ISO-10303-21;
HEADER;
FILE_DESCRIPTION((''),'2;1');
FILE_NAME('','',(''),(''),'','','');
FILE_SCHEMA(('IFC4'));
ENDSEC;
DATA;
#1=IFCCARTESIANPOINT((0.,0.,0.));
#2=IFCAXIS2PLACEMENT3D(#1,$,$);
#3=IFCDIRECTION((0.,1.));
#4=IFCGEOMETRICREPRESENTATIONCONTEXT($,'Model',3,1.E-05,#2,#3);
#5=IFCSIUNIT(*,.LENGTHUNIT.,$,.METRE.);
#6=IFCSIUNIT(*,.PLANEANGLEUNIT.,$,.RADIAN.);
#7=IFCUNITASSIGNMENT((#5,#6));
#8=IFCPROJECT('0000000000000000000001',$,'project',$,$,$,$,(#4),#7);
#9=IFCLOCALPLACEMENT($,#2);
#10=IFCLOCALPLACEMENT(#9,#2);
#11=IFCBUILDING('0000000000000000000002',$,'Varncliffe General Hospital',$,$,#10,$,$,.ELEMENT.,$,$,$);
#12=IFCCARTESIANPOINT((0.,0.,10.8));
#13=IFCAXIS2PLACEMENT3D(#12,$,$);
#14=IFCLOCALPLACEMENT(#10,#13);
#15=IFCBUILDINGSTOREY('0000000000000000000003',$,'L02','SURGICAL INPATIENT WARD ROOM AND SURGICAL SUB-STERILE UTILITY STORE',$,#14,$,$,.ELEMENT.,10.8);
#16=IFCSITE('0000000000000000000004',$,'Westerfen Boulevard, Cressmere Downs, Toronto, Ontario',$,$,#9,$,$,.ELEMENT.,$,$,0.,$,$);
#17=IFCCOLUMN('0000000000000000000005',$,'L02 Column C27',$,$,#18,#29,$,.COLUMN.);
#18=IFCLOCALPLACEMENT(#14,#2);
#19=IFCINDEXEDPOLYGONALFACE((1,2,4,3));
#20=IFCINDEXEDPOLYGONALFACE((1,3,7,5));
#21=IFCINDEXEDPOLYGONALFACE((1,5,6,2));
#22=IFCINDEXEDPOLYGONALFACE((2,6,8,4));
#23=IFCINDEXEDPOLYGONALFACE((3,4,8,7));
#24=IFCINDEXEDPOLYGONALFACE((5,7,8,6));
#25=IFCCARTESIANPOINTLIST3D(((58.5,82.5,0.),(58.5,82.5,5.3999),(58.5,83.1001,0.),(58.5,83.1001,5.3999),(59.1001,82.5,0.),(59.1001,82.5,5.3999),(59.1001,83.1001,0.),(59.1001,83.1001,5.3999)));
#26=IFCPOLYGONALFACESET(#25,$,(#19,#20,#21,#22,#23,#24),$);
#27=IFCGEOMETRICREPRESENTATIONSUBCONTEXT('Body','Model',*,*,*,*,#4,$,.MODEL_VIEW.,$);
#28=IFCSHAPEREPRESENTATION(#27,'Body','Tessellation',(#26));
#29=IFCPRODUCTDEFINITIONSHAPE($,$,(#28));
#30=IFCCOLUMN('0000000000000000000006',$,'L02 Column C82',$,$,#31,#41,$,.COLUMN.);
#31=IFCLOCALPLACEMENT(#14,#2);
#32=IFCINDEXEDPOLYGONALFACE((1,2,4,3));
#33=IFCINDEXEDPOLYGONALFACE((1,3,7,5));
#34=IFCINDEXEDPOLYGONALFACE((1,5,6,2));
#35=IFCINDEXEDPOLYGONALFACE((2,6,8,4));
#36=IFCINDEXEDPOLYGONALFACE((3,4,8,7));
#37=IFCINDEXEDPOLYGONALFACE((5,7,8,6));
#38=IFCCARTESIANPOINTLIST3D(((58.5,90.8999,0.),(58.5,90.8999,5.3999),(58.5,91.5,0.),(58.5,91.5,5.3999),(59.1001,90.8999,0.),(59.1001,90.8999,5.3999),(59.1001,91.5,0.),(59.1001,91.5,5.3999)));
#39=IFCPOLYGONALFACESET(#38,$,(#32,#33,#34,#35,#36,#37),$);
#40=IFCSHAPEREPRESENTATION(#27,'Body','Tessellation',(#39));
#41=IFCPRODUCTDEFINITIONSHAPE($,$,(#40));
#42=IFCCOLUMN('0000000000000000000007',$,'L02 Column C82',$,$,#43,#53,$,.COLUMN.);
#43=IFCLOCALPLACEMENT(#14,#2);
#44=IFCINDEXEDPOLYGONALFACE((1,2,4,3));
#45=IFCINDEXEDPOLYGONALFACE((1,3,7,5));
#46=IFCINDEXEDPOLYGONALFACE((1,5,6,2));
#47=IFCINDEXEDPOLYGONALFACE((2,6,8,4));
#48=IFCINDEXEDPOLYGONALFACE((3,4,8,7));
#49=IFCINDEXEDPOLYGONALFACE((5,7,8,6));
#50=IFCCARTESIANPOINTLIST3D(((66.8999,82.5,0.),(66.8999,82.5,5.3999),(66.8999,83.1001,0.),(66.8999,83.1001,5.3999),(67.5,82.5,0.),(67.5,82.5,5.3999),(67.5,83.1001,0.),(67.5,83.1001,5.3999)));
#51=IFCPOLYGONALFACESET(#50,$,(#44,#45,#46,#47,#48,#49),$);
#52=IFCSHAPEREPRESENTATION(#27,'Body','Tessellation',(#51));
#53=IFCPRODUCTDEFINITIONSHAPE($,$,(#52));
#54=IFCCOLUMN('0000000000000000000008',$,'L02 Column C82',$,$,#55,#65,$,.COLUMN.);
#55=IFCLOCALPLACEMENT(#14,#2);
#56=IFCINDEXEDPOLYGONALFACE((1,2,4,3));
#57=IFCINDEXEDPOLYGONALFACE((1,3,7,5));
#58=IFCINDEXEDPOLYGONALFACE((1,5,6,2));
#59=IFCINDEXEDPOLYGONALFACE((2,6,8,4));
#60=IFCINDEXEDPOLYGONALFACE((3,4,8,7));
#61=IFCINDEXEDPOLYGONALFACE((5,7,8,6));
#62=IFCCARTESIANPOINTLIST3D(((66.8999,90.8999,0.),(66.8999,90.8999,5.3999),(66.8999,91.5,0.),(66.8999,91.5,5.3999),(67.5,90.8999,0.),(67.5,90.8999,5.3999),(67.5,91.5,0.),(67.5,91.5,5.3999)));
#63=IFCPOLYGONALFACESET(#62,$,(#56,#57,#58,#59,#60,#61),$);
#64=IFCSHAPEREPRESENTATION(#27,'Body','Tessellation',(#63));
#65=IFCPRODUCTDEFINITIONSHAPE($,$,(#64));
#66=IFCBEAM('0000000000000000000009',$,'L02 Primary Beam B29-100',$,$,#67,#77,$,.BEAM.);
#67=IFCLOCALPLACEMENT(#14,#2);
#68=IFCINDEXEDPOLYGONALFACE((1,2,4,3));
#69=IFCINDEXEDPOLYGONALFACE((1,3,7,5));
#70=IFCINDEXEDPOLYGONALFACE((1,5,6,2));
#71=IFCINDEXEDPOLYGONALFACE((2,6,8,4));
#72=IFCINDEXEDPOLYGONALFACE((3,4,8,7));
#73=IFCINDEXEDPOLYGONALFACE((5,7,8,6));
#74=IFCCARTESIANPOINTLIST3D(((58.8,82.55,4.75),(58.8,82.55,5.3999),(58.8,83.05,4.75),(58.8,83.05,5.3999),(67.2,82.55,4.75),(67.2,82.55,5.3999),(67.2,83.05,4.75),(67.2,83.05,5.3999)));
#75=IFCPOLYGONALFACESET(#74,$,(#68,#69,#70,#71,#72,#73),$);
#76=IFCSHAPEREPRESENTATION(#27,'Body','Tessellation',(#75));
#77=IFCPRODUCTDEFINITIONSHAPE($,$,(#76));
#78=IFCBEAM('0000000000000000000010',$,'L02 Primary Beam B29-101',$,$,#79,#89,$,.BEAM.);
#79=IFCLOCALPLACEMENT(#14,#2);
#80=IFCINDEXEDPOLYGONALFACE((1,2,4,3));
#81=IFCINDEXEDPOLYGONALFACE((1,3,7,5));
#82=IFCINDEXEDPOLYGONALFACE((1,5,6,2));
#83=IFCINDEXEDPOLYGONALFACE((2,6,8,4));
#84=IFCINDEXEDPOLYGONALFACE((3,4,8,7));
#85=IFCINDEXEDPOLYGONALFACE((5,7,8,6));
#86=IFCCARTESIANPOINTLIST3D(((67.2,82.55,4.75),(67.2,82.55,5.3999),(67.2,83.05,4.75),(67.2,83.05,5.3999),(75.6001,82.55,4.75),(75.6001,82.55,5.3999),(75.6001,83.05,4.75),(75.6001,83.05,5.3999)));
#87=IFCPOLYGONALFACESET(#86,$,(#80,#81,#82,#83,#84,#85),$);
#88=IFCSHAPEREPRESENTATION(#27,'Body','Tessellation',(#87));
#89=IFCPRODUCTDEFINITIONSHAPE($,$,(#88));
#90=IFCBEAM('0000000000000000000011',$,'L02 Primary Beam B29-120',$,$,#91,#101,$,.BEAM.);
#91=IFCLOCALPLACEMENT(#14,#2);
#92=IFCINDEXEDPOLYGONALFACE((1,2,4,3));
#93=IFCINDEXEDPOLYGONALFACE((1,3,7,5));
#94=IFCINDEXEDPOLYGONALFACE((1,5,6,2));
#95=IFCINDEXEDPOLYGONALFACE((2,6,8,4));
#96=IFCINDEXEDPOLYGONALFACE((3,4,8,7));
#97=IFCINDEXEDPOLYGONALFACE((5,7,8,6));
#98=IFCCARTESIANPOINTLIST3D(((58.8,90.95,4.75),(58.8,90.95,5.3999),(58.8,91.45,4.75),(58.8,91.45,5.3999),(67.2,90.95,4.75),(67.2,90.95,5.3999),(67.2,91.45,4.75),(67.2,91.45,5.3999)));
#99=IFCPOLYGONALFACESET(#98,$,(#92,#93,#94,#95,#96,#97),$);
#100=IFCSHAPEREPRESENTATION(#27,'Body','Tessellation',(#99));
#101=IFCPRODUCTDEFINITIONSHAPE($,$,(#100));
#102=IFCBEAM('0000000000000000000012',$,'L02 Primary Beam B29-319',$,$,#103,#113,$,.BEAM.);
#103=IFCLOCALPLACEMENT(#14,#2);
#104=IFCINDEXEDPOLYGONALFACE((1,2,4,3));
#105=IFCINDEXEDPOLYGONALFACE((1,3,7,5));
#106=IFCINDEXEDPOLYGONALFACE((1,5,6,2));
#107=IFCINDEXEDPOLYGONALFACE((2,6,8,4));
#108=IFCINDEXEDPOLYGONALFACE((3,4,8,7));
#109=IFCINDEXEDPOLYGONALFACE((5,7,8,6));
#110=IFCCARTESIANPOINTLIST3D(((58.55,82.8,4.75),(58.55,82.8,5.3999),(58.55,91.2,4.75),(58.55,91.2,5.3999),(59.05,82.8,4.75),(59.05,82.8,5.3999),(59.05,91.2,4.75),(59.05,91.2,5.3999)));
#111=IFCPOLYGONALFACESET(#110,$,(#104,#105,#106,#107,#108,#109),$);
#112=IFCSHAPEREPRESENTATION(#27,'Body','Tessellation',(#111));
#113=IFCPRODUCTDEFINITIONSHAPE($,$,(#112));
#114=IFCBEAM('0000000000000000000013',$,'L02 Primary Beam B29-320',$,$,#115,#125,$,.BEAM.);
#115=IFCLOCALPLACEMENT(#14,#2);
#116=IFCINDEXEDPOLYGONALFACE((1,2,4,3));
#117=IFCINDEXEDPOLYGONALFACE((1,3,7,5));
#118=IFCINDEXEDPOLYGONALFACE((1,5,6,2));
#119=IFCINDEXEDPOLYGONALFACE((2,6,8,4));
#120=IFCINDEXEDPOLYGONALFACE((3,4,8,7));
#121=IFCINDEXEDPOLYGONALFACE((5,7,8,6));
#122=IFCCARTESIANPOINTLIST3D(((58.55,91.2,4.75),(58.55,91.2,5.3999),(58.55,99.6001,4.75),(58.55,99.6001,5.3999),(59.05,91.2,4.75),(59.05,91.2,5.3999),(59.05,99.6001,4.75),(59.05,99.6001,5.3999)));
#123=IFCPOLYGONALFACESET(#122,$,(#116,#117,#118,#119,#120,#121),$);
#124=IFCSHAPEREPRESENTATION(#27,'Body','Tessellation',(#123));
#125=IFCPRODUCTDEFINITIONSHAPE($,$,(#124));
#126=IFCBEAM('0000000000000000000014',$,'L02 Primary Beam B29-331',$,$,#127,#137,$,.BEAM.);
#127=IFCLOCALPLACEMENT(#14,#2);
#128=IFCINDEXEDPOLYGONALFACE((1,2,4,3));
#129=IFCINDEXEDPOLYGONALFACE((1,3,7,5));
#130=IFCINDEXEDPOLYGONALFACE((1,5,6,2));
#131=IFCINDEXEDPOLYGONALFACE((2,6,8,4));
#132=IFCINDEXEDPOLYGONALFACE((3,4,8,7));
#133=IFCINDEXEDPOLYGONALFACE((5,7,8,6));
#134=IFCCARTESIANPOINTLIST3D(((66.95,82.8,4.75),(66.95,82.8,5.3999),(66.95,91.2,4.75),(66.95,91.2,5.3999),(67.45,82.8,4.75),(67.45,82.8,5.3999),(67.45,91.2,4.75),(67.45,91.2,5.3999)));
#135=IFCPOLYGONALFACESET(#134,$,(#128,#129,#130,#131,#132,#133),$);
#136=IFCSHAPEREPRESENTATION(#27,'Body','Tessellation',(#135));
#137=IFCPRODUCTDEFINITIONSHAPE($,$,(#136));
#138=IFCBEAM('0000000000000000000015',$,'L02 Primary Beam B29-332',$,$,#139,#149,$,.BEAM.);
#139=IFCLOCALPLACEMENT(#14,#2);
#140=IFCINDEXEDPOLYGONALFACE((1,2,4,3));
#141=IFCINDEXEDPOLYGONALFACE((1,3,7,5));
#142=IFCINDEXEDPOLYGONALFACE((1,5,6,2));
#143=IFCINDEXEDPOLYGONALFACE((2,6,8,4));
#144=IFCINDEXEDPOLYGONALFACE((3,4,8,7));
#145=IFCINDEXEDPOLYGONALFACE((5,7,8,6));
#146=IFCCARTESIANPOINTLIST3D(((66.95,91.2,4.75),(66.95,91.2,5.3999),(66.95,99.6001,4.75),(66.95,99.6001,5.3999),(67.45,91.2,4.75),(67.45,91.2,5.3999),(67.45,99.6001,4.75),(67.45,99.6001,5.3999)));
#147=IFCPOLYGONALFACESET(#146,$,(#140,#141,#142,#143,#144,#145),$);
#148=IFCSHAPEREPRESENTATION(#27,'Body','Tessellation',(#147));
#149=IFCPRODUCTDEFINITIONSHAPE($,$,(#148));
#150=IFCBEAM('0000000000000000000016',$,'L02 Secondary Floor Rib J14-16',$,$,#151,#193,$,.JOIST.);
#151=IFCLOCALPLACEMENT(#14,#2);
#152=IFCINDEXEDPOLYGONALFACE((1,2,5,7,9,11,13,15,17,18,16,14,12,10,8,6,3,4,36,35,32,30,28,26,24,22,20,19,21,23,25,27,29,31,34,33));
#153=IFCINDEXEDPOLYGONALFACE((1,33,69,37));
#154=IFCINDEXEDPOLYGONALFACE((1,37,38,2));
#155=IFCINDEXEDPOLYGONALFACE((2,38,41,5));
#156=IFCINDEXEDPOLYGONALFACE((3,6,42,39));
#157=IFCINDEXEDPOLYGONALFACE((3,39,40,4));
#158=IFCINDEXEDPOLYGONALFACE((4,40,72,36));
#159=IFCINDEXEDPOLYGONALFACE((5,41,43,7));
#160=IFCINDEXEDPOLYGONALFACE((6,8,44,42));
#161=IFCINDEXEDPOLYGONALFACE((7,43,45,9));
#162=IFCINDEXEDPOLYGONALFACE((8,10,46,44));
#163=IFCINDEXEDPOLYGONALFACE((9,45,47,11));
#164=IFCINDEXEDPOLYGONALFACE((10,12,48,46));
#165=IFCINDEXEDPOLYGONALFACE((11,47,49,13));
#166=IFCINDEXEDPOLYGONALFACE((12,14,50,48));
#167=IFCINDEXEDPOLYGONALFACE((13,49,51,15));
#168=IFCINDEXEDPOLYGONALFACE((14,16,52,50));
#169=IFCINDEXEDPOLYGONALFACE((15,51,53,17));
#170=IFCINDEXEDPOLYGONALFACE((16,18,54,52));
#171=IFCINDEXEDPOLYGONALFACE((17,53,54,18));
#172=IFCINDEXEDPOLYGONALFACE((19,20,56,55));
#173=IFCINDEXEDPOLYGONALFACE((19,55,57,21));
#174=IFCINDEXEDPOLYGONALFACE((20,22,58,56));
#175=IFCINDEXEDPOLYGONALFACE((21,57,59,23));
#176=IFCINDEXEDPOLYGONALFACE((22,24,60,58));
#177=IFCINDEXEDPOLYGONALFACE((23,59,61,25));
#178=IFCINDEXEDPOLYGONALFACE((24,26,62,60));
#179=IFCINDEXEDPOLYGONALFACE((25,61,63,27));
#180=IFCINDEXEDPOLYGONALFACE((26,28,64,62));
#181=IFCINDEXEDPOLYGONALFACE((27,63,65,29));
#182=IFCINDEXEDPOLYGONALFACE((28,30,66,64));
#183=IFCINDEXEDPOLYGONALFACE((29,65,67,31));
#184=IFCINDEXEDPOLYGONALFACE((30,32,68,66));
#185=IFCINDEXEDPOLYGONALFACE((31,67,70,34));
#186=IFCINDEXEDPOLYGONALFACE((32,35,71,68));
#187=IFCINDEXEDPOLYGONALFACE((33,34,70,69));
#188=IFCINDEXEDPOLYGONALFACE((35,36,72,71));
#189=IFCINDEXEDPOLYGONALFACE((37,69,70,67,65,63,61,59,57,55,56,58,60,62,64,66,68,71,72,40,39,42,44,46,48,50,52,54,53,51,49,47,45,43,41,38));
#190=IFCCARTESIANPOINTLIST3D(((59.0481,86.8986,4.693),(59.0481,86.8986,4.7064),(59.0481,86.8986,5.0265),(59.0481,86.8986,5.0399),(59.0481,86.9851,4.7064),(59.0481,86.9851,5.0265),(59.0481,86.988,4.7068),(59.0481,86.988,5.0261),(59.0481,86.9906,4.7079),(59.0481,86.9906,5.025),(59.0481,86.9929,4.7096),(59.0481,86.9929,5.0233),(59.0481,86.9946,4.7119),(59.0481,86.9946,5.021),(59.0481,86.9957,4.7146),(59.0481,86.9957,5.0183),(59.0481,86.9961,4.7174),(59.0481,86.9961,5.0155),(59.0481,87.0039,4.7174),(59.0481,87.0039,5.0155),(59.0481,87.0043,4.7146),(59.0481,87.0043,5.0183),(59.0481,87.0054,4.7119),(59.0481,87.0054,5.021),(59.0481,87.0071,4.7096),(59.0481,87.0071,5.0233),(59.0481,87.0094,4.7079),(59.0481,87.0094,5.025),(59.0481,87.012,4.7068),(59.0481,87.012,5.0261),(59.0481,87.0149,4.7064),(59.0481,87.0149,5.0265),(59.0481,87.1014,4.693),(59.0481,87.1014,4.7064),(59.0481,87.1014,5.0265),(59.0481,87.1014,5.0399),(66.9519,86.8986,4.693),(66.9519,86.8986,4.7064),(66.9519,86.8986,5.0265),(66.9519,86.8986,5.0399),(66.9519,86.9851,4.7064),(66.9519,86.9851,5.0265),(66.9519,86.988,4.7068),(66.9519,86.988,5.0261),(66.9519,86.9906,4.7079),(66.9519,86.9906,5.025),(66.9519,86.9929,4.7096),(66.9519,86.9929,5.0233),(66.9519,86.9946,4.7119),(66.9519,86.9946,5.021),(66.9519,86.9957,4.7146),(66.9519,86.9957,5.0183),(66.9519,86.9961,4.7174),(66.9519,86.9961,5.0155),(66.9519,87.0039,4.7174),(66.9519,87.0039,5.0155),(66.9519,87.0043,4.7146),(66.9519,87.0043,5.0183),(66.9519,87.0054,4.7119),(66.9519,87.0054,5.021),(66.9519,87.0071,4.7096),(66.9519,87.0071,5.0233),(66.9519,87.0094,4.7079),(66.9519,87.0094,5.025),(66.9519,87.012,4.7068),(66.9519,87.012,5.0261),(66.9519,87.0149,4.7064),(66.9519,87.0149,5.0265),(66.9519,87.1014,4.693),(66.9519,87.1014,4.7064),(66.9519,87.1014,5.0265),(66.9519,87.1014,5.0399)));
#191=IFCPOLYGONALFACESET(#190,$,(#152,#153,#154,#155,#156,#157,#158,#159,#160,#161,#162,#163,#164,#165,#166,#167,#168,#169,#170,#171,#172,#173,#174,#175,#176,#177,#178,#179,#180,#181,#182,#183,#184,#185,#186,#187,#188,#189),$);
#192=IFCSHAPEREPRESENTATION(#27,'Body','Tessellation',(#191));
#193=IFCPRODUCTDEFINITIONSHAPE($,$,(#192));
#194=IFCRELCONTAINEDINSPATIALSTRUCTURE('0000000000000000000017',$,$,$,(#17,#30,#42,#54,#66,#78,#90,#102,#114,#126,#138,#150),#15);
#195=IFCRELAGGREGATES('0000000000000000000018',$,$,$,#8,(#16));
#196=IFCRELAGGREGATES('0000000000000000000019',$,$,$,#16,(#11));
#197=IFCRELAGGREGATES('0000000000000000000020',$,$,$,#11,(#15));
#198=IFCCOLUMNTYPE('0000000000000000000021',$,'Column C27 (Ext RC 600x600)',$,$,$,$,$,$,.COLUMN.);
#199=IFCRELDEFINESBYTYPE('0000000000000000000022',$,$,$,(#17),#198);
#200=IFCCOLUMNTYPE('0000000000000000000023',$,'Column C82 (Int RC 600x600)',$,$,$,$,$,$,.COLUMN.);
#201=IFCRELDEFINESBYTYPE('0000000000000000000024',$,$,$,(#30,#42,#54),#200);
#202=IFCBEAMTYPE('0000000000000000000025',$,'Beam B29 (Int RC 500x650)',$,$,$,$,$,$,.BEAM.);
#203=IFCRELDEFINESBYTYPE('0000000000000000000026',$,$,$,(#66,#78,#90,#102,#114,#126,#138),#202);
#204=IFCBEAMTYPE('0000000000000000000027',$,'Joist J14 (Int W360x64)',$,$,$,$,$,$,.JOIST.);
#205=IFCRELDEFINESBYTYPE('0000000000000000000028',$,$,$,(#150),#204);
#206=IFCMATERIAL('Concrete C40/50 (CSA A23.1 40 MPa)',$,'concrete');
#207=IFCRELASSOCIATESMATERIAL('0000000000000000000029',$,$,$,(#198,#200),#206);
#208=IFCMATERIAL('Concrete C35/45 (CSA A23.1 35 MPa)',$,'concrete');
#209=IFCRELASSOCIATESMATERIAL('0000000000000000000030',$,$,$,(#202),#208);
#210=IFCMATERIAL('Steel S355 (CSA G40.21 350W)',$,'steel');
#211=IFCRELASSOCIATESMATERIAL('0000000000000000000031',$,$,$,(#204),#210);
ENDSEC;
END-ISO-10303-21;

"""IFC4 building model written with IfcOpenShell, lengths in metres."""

from ifc_helpers import new_model, si_unit, direction, frame, origin, origin_2d, place, context, subcontext, project, spatial, rectangle, i_section, extrude, material, material_profile, profile_set, type_object, element, save


model = new_model("IFC4")

# Units and contexts
model_context = context("Model", 3, precision=1e-05, world=origin(), true_north=direction((0.0, 1.0)))
body_context = subcontext(model_context, "Body", "Model", "MODEL_VIEW")
ifc_project = project(units=[si_unit("LENGTHUNIT", "METRE"), si_unit("PLANEANGLEUNIT", "RADIAN")], contexts=[model_context])

# Site, building, storey
site_placement = place(None, origin())
site = spatial("IfcSite", under=ifc_project, at=site_placement, Name="Westerfen Boulevard, Cressmere Downs, Toronto, Ontario", CompositionType="ELEMENT", RefElevation=0.0)
building_placement = place(site_placement, origin())
building = spatial("IfcBuilding", under=site, at=building_placement, Name="Varncliffe General Hospital", CompositionType="ELEMENT")
storey_placement = place(building_placement, frame((0.0, 0.0, 10.8)))
storey = spatial("IfcBuildingStorey", under=building, at=storey_placement, Name="L02", Description="SURGICAL INPATIENT WARD ROOM AND SURGICAL SUB-STERILE UTILITY STORE", CompositionType="ELEMENT", Elevation=10.8)

# Columns
ifc_material_1 = material(Name="Concrete C40/50 (CSA A23.1 40 MPa)", Category="concrete")
ifc_material_profile_1 = material_profile(ifc_material_1, rectangle(XDim=0.6001, YDim=0.6001, at=origin_2d()), Name="RC 600x600")
ifc_profile_set_1 = profile_set([ifc_material_profile_1], Name="Concrete C40/50 (CSA A23.1 40 MPa)")
column_type_1 = type_object("IfcColumnType", Name="Column C27 (Ext RC 600x600)", PredefinedType="COLUMN", material=ifc_profile_set_1)
column_placement = place(storey_placement, frame((58.8, 82.8, 0.0), z_axis=(0.0, 0.0, 1.0), x_axis=(1.0, 0.0, 0.0)))
element("IfcColumn", 1, at=column_placement, inside=storey, type_object=column_type_1, Name="L02 Column C27", PredefinedType="COLUMN", context=body_context, shape_type="SweptSolid", body=[
    extrude(rectangle(XDim=0.6001, YDim=0.6001, at=origin_2d()), origin(), (0.0, 0.0, 1.0), 5.3999),
])
ifc_material_profile_2 = material_profile(ifc_material_1, rectangle(XDim=0.6001, YDim=0.6001, at=origin_2d()), Name="RC 600x600")
ifc_profile_set_2 = profile_set([ifc_material_profile_2], Name="Concrete C40/50 (CSA A23.1 40 MPa)")
column_type_2 = type_object("IfcColumnType", Name="Column C82 (Int RC 600x600)", PredefinedType="COLUMN", material=ifc_profile_set_2)
for number, where, z_axis, x_axis, name in (
    (2, (58.8, 91.2, 0.0), (0.0, 0.0, 1.0), (1.0, 0.0, 0.0), "L02 Column C82"),
    (3, (67.2, 82.8, 0.0), (0.0, 0.0, 1.0), (1.0, 0.0, 0.0), "L02 Column C82"),
    (4, (67.2, 91.2, 0.0), (0.0, 0.0, 1.0), (1.0, 0.0, 0.0), "L02 Column C82"),
):
    element("IfcColumn", number, at=place(storey_placement, frame(where, z_axis=z_axis, x_axis=x_axis)), inside=storey, type_object=column_type_2, Name=name, PredefinedType="COLUMN", context=body_context, shape_type="SweptSolid", body=[
        extrude(rectangle(XDim=0.6001, YDim=0.6001, at=origin_2d()), origin(), (0.0, 0.0, 1.0), 5.3999),
    ])

# Beams
ifc_material_2 = material(Name="Concrete C35/45 (CSA A23.1 35 MPa)", Category="concrete")
ifc_material_profile_3 = material_profile(ifc_material_2, rectangle(XDim=0.5, YDim=0.6499, at=origin_2d()), Name="RC 500x650")
ifc_profile_set_3 = profile_set([ifc_material_profile_3], Name="Concrete C35/45 (CSA A23.1 35 MPa)")
beam_type_1 = type_object("IfcBeamType", Name="Beam B29 (Int RC 500x650)", PredefinedType="BEAM", material=ifc_profile_set_3)
beam_1_placement = place(storey_placement, frame((58.8, 82.8, 5.075), z_axis=(1.0, 0.0, 0.0), x_axis=(0.0, 1.0, 0.0)))
element("IfcBeam", 5, at=beam_1_placement, inside=storey, type_object=beam_type_1, Name="L02 Primary Beam B29-100", PredefinedType="BEAM", context=body_context, shape_type="SweptSolid", body=[
    extrude(rectangle(XDim=0.5, YDim=0.6499, at=origin_2d()), origin(), (0.0, 0.0, 1.0), 8.3999),
])
beam_2_placement = place(storey_placement, frame((67.2, 82.8, 5.075), z_axis=(1.0, 0.0, 0.0), x_axis=(0.0, 1.0, 0.0)))
element("IfcBeam", 6, at=beam_2_placement, inside=storey, type_object=beam_type_1, Name="L02 Primary Beam B29-101", PredefinedType="BEAM", context=body_context, shape_type="SweptSolid", body=[
    extrude(rectangle(XDim=0.5, YDim=0.6499, at=origin_2d()), origin(), (0.0, 0.0, 1.0), 8.4001),
])
for number, where, z_axis, x_axis, name in (
    (7, (58.8, 91.2, 5.075), (1.0, 0.0, 0.0), (0.0, 1.0, 0.0), "L02 Primary Beam B29-120"),
    (8, (58.8, 82.8, 5.075), (0.0, 1.0, 0.0), (-1.0, 0.0, 0.0), "L02 Primary Beam B29-319"),
):
    element("IfcBeam", number, at=place(storey_placement, frame(where, z_axis=z_axis, x_axis=x_axis)), inside=storey, type_object=beam_type_1, Name=name, PredefinedType="BEAM", context=body_context, shape_type="SweptSolid", body=[
        extrude(rectangle(XDim=0.5, YDim=0.6499, at=origin_2d()), origin(), (0.0, 0.0, 1.0), 8.3999),
    ])
beam_3_placement = place(storey_placement, frame((58.8, 91.2, 5.075), z_axis=(0.0, 1.0, 0.0), x_axis=(-1.0, 0.0, 0.0)))
element("IfcBeam", 9, at=beam_3_placement, inside=storey, type_object=beam_type_1, Name="L02 Primary Beam B29-320", PredefinedType="BEAM", context=body_context, shape_type="SweptSolid", body=[
    extrude(rectangle(XDim=0.5, YDim=0.6499, at=origin_2d()), origin(), (0.0, 0.0, 1.0), 8.4001),
])
beam_4_placement = place(storey_placement, frame((67.2, 82.8, 5.075), z_axis=(0.0, 1.0, 0.0), x_axis=(-1.0, 0.0, 0.0)))
element("IfcBeam", 10, at=beam_4_placement, inside=storey, type_object=beam_type_1, Name="L02 Primary Beam B29-331", PredefinedType="BEAM", context=body_context, shape_type="SweptSolid", body=[
    extrude(rectangle(XDim=0.5, YDim=0.6499, at=origin_2d()), origin(), (0.0, 0.0, 1.0), 8.3999),
])
beam_5_placement = place(storey_placement, frame((67.2, 91.2, 5.075), z_axis=(0.0, 1.0, 0.0), x_axis=(-1.0, 0.0, 0.0)))
element("IfcBeam", 11, at=beam_5_placement, inside=storey, type_object=beam_type_1, Name="L02 Primary Beam B29-332", PredefinedType="BEAM", context=body_context, shape_type="SweptSolid", body=[
    extrude(rectangle(XDim=0.5, YDim=0.6499, at=origin_2d()), origin(), (0.0, 0.0, 1.0), 8.4001),
])
ifc_material_3 = material(Name="Steel S355 (CSA G40.21 350W)", Category="steel")
ifc_material_profile_4 = material_profile(ifc_material_3, i_section(OverallWidth=0.2029, OverallDepth=0.3469, WebThickness=0.0078, FlangeThickness=0.0134, FilletRadius=0.011, at=origin_2d()), Name="W360x64")
ifc_profile_set_4 = profile_set([ifc_material_profile_4], Name="Steel S355 (CSA G40.21 350W)")
beam_type_2 = type_object("IfcBeamType", Name="Joist J14 (Int W360x64)", PredefinedType="JOIST", material=ifc_profile_set_4)
for number, where, z_axis, x_axis, name in (
    (12, (59.0481, 87.0, 4.8665), (1.0, 0.0, 0.0), (0.0, 1.0, 0.0), "L02 Secondary Floor Rib J14-16"),
):
    element("IfcBeam", number, at=place(storey_placement, frame(where, z_axis=z_axis, x_axis=x_axis)), inside=storey, type_object=beam_type_2, Name=name, PredefinedType="JOIST", context=body_context, shape_type="SweptSolid", body=[
        extrude(i_section(OverallWidth=0.2029, OverallDepth=0.3469, WebThickness=0.0078, FlangeThickness=0.0134, FilletRadius=0.011, at=origin_2d()), origin(), (0.0, 0.0, 1.0), 7.9038),
    ])

save(model, "model.ifc")
